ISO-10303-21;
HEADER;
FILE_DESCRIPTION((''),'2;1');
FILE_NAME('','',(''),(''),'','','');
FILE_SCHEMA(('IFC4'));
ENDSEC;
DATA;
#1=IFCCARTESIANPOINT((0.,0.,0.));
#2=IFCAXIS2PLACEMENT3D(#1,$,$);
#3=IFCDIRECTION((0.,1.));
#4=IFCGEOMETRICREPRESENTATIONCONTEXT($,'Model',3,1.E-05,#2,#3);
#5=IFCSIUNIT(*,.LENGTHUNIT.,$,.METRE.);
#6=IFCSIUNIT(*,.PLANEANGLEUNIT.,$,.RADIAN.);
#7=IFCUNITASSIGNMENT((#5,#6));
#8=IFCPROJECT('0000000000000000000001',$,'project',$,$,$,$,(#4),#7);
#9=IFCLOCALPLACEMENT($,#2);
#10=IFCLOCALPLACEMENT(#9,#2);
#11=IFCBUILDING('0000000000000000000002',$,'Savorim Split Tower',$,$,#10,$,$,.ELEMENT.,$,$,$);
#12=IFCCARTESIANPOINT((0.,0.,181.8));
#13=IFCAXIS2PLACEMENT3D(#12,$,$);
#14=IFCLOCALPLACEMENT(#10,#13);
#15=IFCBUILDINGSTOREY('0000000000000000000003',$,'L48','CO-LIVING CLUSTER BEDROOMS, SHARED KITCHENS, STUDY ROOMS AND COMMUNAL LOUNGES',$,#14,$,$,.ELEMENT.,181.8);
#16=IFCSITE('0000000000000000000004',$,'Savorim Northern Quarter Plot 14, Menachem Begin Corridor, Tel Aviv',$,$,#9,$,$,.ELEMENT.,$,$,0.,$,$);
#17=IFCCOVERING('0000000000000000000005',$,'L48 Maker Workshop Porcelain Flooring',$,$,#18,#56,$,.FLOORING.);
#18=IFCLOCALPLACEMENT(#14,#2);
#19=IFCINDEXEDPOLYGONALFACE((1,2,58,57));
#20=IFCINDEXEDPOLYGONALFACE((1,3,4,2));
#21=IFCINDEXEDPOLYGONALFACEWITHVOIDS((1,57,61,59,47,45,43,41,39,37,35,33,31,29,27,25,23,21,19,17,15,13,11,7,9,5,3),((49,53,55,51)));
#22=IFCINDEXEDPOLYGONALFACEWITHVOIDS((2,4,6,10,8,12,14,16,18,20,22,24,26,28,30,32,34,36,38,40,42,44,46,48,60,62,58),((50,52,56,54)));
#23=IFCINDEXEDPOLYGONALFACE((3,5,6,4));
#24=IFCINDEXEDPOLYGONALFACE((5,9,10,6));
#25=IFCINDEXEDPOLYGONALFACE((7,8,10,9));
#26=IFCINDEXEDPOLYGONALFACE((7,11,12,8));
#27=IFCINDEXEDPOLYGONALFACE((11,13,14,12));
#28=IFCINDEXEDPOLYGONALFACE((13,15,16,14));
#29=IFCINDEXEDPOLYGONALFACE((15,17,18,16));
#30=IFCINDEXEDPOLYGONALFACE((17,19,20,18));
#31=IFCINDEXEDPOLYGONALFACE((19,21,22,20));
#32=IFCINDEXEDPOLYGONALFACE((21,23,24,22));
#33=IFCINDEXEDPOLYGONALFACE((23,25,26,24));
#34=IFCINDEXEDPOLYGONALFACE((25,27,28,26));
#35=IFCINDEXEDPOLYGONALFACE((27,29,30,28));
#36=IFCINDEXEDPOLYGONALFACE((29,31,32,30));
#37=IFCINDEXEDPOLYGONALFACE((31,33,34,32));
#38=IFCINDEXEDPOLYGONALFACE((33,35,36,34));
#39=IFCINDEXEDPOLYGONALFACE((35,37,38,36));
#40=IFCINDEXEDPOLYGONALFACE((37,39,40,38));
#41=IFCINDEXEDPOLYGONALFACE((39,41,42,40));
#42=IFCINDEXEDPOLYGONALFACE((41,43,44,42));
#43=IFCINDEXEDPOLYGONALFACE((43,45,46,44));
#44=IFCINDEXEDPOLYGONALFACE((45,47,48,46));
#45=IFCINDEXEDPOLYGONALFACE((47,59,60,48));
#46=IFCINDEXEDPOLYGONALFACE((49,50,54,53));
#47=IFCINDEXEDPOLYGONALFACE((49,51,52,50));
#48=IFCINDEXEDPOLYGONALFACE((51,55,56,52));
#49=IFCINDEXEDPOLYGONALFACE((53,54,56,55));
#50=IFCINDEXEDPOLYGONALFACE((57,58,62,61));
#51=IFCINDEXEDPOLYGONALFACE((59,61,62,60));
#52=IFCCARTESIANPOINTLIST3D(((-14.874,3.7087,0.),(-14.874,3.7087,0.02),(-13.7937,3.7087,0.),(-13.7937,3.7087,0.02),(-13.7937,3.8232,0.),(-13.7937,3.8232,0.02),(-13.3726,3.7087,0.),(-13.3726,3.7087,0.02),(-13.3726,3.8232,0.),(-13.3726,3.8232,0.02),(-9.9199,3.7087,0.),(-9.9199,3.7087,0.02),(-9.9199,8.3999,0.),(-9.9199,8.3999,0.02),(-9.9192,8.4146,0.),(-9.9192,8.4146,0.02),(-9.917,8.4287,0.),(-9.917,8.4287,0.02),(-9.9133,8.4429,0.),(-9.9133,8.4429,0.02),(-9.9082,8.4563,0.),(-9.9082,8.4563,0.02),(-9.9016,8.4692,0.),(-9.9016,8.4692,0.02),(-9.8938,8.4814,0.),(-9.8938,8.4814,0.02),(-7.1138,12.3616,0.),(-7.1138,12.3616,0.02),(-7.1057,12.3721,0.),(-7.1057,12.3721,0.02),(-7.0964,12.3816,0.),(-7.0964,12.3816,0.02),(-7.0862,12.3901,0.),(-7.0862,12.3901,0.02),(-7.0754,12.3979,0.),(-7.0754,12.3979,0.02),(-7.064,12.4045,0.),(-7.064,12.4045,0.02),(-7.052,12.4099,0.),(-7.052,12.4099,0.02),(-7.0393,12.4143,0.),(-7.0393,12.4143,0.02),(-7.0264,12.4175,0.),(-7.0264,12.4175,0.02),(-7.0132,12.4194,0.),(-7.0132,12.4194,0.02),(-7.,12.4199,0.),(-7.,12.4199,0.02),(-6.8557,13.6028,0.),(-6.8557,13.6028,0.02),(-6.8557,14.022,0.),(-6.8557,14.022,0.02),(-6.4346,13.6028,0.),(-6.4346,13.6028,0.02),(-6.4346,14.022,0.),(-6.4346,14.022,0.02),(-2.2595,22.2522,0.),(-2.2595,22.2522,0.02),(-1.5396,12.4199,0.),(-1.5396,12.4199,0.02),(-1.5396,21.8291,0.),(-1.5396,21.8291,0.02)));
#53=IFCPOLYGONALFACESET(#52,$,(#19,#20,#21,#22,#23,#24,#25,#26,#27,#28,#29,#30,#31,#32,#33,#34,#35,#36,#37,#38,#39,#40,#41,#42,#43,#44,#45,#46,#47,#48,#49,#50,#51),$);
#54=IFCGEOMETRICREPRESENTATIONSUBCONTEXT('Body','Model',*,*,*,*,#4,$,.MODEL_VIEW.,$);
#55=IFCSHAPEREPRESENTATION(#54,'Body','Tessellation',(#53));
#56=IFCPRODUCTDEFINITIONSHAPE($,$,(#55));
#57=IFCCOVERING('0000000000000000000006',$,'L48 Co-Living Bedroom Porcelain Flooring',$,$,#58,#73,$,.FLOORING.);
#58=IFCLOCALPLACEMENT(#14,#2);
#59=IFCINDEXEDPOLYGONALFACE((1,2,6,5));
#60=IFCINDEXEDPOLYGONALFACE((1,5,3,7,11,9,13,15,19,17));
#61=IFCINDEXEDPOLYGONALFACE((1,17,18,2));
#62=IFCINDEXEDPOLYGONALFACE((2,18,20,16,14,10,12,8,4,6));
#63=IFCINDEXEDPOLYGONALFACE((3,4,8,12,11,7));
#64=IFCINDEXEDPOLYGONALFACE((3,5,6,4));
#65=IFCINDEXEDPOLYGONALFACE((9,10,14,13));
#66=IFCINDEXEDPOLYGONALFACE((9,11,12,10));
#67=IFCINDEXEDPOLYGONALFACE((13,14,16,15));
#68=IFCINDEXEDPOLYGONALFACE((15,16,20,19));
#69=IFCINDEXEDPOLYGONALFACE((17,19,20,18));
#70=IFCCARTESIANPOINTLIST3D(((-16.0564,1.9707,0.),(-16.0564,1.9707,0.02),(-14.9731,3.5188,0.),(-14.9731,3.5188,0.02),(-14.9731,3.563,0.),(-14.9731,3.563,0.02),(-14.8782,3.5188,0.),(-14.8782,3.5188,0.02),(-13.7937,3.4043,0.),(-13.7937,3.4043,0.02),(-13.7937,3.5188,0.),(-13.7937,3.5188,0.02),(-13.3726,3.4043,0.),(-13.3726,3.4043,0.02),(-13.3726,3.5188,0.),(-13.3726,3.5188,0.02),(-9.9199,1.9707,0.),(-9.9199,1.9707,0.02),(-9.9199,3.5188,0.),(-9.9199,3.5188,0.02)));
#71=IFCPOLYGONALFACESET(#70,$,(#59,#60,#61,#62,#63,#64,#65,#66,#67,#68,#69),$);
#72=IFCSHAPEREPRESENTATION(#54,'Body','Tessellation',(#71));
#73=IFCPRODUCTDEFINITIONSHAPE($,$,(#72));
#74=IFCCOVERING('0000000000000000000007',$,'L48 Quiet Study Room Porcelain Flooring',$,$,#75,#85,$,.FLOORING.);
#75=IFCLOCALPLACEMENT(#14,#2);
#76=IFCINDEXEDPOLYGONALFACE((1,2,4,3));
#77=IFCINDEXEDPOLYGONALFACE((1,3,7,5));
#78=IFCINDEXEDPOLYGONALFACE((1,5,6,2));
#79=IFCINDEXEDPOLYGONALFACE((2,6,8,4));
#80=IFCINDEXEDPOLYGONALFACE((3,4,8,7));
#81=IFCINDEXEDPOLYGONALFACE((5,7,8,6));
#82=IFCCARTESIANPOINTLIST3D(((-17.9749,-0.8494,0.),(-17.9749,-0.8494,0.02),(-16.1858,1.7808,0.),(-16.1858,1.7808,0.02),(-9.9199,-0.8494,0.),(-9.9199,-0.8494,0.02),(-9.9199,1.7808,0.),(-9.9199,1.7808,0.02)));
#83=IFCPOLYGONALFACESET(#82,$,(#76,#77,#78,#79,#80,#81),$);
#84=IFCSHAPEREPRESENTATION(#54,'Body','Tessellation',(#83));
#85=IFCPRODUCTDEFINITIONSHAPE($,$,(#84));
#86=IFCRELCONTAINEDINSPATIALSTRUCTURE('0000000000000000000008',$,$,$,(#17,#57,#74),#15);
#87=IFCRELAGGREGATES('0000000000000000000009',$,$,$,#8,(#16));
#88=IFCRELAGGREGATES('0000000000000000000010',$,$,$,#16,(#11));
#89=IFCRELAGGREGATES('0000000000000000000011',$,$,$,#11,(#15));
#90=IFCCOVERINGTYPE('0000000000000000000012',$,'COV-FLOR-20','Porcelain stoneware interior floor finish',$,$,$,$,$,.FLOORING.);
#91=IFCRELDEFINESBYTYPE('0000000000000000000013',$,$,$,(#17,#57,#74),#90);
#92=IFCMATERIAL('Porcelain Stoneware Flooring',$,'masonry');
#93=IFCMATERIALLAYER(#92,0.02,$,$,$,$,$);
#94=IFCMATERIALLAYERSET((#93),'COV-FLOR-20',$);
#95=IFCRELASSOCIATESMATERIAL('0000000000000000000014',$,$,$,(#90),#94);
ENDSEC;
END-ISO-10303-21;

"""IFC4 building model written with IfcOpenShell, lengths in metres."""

from ifc_helpers import new_model, si_unit, direction, frame, origin, place, context, subcontext, project, spatial, polyline, outline, extrude, material, layer, layer_set, type_object, element, save


model = new_model("IFC4")

# Units and contexts
model_context = context("Model", 3, precision=1e-05, world=origin(), true_north=direction((0.0, 1.0)))
body_context = subcontext(model_context, "Body", "Model", "MODEL_VIEW")
ifc_project = project(units=[si_unit("LENGTHUNIT", "METRE"), si_unit("PLANEANGLEUNIT", "RADIAN")], contexts=[model_context])

# Site, building, storey
site_placement = place(None, origin())
site = spatial("IfcSite", under=ifc_project, at=site_placement, Name="Savorim Northern Quarter Plot 14, Menachem Begin Corridor, Tel Aviv", CompositionType="ELEMENT", RefElevation=0.0)
building_placement = place(site_placement, origin())
building = spatial("IfcBuilding", under=site, at=building_placement, Name="Savorim Split Tower", CompositionType="ELEMENT")
storey_placement = place(building_placement, frame((0.0, 0.0, 181.8)))
storey = spatial("IfcBuildingStorey", under=building, at=storey_placement, Name="L48", Description="CO-LIVING CLUSTER BEDROOMS, SHARED KITCHENS, STUDY ROOMS AND COMMUNAL LOUNGES", CompositionType="ELEMENT", Elevation=181.8)

# Coverings
ifc_material_1 = material(Name="Porcelain Stoneware Flooring", Category="masonry")
ifc_layer_1 = layer(ifc_material_1, 0.02)
ifc_layer_set_1 = layer_set([ifc_layer_1], Name="COV-FLOR-20")
covering_type_1 = type_object("IfcCoveringType", Name="COV-FLOR-20", Description="Porcelain stoneware interior floor finish", PredefinedType="FLOORING", material=ifc_layer_set_1)
covering_1_placement = place(storey_placement, origin())
element("IfcCovering", 1, at=covering_1_placement, inside=storey, type_object=covering_type_1, Name="L48 Maker Workshop Porcelain Flooring", PredefinedType="FLOORING", context=body_context, shape_type="SweptSolid", body=[
    extrude(outline(polyline([(-7.0, 12.4199), (-1.5396, 12.4199), (-1.5396, 21.8291), (-2.2595, 22.2522), (-14.874, 3.7087), (-13.7937, 3.7087), (-13.7937, 3.8232), (-13.3726, 3.8232), (-13.3726, 3.7087), (-9.9199, 3.7087), (-9.9199, 8.3999), (-9.9192, 8.4146), (-9.917, 8.4287), (-9.9133, 8.4429), (-9.9082, 8.4563), (-9.9016, 8.4692), (-9.8938, 8.4814), (-7.1138, 12.3616), (-7.1057, 12.3721), (-7.0964, 12.3816), (-7.0862, 12.3901), (-7.0754, 12.3979), (-7.064, 12.4045), (-7.052, 12.4099), (-7.0393, 12.4143), (-7.0264, 12.4175), (-7.0132, 12.4194), (-7.0, 12.4199)]), holes=[polyline([(-6.4346, 14.022), (-6.8557, 14.022), (-6.8557, 13.6028), (-6.4346, 13.6028), (-6.4346, 14.022)])]), origin(), (0.0, 0.0, 1.0), 0.02),
])
covering_2_placement = place(storey_placement, origin())
element("IfcCovering", 2, at=covering_2_placement, inside=storey, type_object=covering_type_1, Name="L48 Co-Living Bedroom Porcelain Flooring", PredefinedType="FLOORING", context=body_context, shape_type="SweptSolid", body=[
    extrude(outline(polyline([(-13.7937, 3.5188), (-14.8782, 3.5188), (-14.9731, 3.5188), (-14.9731, 3.563), (-16.0564, 1.9707), (-9.9199, 1.9707), (-9.9199, 3.5188), (-13.3726, 3.5188), (-13.3726, 3.4043), (-13.7937, 3.4043), (-13.7937, 3.5188)])), origin(), (0.0, 0.0, 1.0), 0.02),
])
covering_3_placement = place(storey_placement, origin())
element("IfcCovering", 3, at=covering_3_placement, inside=storey, type_object=covering_type_1, Name="L48 Quiet Study Room Porcelain Flooring", PredefinedType="FLOORING", context=body_context, shape_type="SweptSolid", body=[
    extrude(outline(polyline([(-16.1858, 1.7808), (-17.9749, -0.8494), (-9.9199, -0.8494), (-9.9199, 1.7808), (-16.1858, 1.7808)])), origin(), (0.0, 0.0, 1.0), 0.02),
])

save(model, "model.ifc")
